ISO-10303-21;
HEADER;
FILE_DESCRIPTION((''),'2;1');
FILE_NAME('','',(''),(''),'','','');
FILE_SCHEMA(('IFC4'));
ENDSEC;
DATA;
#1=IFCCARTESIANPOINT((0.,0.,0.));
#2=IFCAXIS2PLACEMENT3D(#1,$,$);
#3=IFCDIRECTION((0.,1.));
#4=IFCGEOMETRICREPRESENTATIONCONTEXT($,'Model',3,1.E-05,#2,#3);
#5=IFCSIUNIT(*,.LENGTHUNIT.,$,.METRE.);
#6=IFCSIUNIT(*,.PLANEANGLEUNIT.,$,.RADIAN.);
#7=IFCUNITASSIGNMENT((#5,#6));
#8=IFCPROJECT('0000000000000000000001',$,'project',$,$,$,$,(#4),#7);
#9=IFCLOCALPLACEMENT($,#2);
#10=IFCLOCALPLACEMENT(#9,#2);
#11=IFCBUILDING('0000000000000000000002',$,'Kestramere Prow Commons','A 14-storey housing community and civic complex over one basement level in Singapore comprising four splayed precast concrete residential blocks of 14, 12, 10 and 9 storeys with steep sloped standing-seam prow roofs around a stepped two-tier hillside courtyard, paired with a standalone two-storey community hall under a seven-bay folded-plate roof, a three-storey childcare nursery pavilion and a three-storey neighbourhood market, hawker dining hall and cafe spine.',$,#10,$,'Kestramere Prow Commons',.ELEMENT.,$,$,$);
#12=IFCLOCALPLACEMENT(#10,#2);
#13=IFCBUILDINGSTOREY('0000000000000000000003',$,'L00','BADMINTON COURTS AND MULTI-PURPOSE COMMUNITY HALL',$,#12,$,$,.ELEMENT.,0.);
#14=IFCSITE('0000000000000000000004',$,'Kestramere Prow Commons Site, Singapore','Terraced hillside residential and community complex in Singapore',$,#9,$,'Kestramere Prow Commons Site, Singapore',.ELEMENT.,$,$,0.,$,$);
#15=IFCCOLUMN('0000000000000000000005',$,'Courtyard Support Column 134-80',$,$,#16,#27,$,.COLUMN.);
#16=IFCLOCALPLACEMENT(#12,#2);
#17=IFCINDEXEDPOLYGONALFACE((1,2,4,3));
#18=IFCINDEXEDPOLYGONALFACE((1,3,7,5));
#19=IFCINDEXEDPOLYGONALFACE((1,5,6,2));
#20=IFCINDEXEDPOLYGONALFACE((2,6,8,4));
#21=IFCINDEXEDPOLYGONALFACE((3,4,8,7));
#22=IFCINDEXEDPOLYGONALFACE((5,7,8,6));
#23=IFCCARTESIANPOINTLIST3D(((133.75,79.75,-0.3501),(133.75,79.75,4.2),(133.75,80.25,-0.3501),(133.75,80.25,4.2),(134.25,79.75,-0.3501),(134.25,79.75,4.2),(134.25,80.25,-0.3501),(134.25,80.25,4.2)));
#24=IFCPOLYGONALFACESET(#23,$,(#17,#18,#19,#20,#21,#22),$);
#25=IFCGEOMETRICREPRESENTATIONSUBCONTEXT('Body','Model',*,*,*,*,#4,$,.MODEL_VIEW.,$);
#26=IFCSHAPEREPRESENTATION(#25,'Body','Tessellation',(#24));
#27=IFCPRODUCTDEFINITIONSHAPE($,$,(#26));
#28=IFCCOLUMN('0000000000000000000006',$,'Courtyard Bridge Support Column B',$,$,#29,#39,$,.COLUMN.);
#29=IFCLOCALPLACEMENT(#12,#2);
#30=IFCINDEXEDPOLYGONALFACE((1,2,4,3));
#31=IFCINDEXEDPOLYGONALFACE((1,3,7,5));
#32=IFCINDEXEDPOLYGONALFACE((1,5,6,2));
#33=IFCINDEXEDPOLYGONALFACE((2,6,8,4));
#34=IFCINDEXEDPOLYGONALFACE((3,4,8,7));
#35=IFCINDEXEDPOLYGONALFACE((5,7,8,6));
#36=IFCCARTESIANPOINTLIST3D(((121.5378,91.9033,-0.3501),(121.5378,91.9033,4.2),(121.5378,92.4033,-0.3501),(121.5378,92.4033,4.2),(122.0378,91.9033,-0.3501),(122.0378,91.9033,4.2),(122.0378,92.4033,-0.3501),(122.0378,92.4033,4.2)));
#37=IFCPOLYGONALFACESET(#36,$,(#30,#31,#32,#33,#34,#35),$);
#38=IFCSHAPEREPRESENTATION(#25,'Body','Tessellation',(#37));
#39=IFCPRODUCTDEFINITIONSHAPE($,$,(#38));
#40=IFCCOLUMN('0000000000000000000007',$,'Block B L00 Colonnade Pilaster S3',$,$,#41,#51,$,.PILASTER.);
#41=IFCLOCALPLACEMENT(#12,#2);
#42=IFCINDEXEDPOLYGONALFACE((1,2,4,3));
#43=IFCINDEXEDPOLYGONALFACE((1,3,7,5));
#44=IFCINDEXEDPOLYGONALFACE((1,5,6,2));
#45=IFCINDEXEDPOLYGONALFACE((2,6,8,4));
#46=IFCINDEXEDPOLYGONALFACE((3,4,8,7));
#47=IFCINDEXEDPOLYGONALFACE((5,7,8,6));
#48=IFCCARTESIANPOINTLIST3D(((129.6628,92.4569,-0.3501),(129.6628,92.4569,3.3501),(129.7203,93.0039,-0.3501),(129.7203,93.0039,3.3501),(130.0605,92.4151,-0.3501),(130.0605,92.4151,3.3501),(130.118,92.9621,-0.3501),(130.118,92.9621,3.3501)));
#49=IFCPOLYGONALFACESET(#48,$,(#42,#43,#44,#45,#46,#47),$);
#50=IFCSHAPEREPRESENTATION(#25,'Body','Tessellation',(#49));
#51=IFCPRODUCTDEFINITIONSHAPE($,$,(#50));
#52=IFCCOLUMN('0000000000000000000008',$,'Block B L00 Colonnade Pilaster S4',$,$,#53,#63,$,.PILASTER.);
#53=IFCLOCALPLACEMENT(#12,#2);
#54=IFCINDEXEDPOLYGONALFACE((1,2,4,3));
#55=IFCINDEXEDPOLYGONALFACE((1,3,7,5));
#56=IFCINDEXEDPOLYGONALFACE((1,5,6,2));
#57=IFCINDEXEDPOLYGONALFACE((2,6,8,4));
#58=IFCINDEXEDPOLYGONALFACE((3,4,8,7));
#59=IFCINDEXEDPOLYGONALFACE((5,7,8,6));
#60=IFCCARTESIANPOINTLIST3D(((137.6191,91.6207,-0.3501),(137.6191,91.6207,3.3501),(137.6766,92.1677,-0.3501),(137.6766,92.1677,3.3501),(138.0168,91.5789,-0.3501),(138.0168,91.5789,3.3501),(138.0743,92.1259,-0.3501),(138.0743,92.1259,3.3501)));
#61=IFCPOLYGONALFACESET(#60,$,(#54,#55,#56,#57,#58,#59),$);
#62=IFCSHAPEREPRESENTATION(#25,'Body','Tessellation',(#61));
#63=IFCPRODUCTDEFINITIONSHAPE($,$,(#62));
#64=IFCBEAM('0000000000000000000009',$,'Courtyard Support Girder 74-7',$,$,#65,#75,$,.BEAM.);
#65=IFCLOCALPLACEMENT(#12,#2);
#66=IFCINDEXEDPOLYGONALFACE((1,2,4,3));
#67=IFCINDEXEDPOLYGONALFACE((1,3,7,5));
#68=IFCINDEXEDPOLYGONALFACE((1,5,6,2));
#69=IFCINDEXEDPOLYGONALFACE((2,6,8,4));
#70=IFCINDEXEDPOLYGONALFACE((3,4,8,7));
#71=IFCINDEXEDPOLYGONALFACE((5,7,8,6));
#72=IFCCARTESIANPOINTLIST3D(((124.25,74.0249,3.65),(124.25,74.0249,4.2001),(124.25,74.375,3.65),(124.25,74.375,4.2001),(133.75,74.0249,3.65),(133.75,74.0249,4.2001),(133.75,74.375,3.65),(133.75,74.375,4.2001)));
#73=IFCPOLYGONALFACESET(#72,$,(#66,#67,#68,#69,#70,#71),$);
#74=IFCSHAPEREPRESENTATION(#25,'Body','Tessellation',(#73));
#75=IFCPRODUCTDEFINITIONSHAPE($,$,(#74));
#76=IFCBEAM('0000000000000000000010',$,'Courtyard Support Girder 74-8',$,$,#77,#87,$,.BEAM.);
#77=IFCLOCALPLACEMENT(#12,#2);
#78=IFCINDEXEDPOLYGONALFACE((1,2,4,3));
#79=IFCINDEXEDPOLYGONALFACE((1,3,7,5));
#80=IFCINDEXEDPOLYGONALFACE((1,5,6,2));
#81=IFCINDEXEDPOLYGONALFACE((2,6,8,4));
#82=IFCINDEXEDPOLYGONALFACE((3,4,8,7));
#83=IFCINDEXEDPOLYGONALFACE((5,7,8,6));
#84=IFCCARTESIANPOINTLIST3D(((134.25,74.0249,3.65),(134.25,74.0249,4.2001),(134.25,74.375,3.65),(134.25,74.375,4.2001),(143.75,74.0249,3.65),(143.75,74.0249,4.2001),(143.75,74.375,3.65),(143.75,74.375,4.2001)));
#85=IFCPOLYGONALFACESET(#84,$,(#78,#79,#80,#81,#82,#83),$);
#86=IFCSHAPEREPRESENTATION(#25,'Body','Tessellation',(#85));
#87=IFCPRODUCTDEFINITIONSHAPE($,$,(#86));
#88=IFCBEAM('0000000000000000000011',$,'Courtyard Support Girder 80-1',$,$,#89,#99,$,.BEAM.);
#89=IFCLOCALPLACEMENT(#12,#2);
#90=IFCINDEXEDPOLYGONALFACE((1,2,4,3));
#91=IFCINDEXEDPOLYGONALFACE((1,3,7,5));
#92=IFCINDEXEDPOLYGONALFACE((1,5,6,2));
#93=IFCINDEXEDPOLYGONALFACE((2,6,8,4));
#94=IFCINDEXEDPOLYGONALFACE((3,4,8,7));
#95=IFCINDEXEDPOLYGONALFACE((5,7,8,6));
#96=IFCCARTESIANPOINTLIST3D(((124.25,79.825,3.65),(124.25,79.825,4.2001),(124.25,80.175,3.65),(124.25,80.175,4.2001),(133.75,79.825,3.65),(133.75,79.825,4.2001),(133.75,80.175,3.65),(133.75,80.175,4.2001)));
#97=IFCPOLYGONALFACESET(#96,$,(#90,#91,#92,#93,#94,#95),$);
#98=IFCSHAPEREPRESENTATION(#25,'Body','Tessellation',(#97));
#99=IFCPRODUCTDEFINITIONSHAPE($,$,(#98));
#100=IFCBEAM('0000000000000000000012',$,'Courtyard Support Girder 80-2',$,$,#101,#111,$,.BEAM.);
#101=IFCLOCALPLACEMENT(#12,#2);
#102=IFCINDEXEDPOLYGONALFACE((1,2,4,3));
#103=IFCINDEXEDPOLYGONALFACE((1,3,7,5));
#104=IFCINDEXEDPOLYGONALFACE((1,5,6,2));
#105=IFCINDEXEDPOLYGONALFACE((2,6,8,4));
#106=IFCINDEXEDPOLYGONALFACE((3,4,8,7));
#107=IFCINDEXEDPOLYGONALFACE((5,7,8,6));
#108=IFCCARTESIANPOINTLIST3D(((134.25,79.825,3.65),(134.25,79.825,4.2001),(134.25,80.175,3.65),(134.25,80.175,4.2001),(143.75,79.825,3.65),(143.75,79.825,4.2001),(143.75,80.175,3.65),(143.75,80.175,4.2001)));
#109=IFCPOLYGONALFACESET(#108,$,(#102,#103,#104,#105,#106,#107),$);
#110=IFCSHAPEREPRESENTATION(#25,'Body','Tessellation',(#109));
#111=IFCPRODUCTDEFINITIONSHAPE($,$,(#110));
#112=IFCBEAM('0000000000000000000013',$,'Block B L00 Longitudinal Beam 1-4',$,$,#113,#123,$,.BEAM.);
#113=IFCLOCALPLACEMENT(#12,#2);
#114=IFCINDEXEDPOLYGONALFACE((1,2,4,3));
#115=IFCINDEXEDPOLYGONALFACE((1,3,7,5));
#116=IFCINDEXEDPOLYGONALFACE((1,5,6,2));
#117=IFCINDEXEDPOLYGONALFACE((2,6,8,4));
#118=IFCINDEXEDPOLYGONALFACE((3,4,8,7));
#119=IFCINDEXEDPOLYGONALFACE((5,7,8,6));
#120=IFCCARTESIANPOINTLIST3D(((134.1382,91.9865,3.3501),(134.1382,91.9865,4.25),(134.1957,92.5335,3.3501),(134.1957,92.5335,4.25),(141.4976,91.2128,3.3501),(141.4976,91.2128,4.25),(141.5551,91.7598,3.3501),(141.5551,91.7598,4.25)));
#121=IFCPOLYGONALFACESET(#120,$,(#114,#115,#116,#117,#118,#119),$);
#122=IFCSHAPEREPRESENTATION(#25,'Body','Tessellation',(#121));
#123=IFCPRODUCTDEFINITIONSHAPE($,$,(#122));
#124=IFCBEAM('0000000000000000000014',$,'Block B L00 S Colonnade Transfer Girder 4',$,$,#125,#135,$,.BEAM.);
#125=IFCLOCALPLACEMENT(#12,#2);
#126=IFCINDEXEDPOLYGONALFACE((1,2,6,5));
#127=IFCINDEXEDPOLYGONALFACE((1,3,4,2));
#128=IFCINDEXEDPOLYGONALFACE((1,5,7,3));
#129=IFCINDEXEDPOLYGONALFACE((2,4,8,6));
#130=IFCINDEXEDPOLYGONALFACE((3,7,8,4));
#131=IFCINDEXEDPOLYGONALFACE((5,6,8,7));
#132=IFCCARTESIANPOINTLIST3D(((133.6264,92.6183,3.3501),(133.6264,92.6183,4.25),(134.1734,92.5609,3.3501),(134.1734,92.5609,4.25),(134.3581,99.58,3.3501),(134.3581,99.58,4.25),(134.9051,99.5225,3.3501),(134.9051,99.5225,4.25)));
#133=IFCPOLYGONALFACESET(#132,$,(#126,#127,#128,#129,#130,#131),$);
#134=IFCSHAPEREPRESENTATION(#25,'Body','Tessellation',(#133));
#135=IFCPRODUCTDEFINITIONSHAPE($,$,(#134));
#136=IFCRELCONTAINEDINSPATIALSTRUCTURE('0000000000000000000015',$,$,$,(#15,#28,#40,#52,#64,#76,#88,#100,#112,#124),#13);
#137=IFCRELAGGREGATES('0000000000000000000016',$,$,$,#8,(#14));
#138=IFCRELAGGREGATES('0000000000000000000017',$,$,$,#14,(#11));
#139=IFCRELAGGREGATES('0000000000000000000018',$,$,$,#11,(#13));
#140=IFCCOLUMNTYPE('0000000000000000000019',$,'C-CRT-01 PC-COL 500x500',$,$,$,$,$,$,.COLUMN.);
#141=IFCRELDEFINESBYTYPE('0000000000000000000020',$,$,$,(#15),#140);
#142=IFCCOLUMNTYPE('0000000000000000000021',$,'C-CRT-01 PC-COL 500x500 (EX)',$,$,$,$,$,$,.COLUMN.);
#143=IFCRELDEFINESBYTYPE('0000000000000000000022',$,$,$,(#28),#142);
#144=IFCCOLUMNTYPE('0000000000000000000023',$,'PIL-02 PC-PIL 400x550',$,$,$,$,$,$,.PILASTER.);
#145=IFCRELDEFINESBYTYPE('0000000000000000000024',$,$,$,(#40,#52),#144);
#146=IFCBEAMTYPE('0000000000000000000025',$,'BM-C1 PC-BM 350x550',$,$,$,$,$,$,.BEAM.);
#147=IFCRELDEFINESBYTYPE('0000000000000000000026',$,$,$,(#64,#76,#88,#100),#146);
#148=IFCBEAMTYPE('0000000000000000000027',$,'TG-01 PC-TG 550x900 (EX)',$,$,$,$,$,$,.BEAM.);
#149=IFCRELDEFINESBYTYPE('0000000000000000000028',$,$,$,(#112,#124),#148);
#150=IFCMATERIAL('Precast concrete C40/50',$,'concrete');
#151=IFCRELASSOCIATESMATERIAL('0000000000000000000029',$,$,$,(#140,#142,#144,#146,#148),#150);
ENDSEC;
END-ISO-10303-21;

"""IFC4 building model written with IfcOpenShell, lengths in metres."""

from ifc_helpers import new_model, si_unit, direction, frame, origin, origin_2d, place, context, subcontext, project, spatial, rectangle, extrude, material, material_profile, profile_set, type_object, element, save


model = new_model("IFC4")

# Units and contexts
model_context = context("Model", 3, precision=1e-05, world=origin(), true_north=direction((0.0, 1.0)))
body_context = subcontext(model_context, "Body", "Model", "MODEL_VIEW")
ifc_project = project(units=[si_unit("LENGTHUNIT", "METRE"), si_unit("PLANEANGLEUNIT", "RADIAN")], contexts=[model_context])

# Site, building, storey
site_placement = place(None, origin())
site = spatial("IfcSite", under=ifc_project, at=site_placement, Name="Kestramere Prow Commons Site, Singapore", Description="Terraced hillside residential and community complex in Singapore", LongName="Kestramere Prow Commons Site, Singapore", CompositionType="ELEMENT", RefElevation=0.0)
building_placement = place(site_placement, origin())
building = spatial("IfcBuilding", under=site, at=building_placement, Name="Kestramere Prow Commons", Description="A 14-storey housing community and civic complex over one basement level in Singapore comprising four splayed precast concrete residential blocks of 14, 12, 10 and 9 storeys with steep sloped standing-seam prow roofs around a stepped two-tier hillside courtyard, paired with a standalone two-storey community hall under a seven-bay folded-plate roof, a three-storey childcare nursery pavilion and a three-storey neighbourhood market, hawker dining hall and cafe spine.", LongName="Kestramere Prow Commons", CompositionType="ELEMENT")
storey_placement = place(building_placement, origin())
storey = spatial("IfcBuildingStorey", under=building, at=storey_placement, Name="L00", Description="BADMINTON COURTS AND MULTI-PURPOSE COMMUNITY HALL", CompositionType="ELEMENT", Elevation=0.0)

# Columns
ifc_material_1 = material(Name="Precast concrete C40/50", Category="concrete")
ifc_material_profile_1 = material_profile(ifc_material_1, rectangle(XDim=0.5, YDim=0.5, at=origin_2d()), Name="PC-COL 500x500")
ifc_profile_set_1 = profile_set([ifc_material_profile_1], Name="Precast concrete C40/50")
column_type_1 = type_object("IfcColumnType", Name="C-CRT-01 PC-COL 500x500", PredefinedType="COLUMN", material=ifc_profile_set_1)
for number, where, z_axis, x_axis, name in (
    (1, (134.0, 80.0, -0.3501), (0.0, 0.0, 1.0), (1.0, 0.0, 0.0), "Courtyard Support Column 134-80"),
):
    element("IfcColumn", number, at=place(storey_placement, frame(where, z_axis=z_axis, x_axis=x_axis)), inside=storey, type_object=column_type_1, Name=name, PredefinedType="COLUMN", context=body_context, shape_type="SweptSolid", body=[
        extrude(rectangle(XDim=0.5, YDim=0.5, at=origin_2d()), origin(), (0.0, 0.0, 1.0), 4.55),
    ])
ifc_material_profile_2 = material_profile(ifc_material_1, rectangle(XDim=0.5, YDim=0.5, at=origin_2d()), Name="PC-COL 500x500")
ifc_profile_set_2 = profile_set([ifc_material_profile_2], Name="Precast concrete C40/50")
column_type_2 = type_object("IfcColumnType", Name="C-CRT-01 PC-COL 500x500 (EX)", PredefinedType="COLUMN", material=ifc_profile_set_2)
column_1_placement = place(storey_placement, frame((121.7878, 92.1533, -0.3501), z_axis=(0.0, 0.0, 1.0), x_axis=(1.0, 0.0, 0.0)))
element("IfcColumn", 2, at=column_1_placement, inside=storey, type_object=column_type_2, Name="Courtyard Bridge Support Column B", PredefinedType="COLUMN", context=body_context, shape_type="SweptSolid", body=[
    extrude(rectangle(XDim=0.5, YDim=0.5, at=origin_2d()), origin(), (0.0, 0.0, 1.0), 4.55),
])
ifc_material_profile_3 = material_profile(ifc_material_1, rectangle(XDim=0.3999, YDim=0.55, at=origin_2d()), Name="PC-PIL 400x550")
ifc_profile_set_3 = profile_set([ifc_material_profile_3], Name="Precast concrete C40/50")
column_type_3 = type_object("IfcColumnType", Name="PIL-02 PC-PIL 400x550", PredefinedType="PILASTER", material=ifc_profile_set_3)
for number, where, z_axis, x_axis, name in (
    (3, (129.8904, 92.7095, -0.3501), (0.0, 0.0, 1.0), (0.994522, -0.104528, 0.0), "Block B L00 Colonnade Pilaster S3"),
    (4, (137.8467, 91.8733, -0.3501), (0.0, 0.0, 1.0), (0.994522, -0.104528, 0.0), "Block B L00 Colonnade Pilaster S4"),
):
    element("IfcColumn", number, at=place(storey_placement, frame(where, z_axis=z_axis, x_axis=x_axis)), inside=storey, type_object=column_type_3, Name=name, PredefinedType="PILASTER", context=body_context, shape_type="SweptSolid", body=[
        extrude(rectangle(XDim=0.3999, YDim=0.55, at=origin_2d()), origin(), (0.0, 0.0, 1.0), 3.7002),
    ])

# Beams
ifc_material_profile_4 = material_profile(ifc_material_1, rectangle(XDim=0.3501, YDim=0.55, at=origin_2d()), Name="PC-BM 350x550")
ifc_profile_set_4 = profile_set([ifc_material_profile_4], Name="Precast concrete C40/50")
beam_type_1 = type_object("IfcBeamType", Name="BM-C1 PC-BM 350x550", PredefinedType="BEAM", material=ifc_profile_set_4)
for number, where, z_axis, x_axis, name in (
    (5, (124.25, 74.2, 3.925), (1.0, 0.0, 0.0), (0.0, 1.0, 0.0), "Courtyard Support Girder 74-7"),
    (6, (134.25, 74.2, 3.925), (1.0, 0.0, 0.0), (0.0, 1.0, 0.0), "Courtyard Support Girder 74-8"),
    (7, (124.25, 80.0, 3.925), (1.0, 0.0, 0.0), (0.0, 1.0, 0.0), "Courtyard Support Girder 80-1"),
    (8, (134.25, 80.0, 3.925), (1.0, 0.0, 0.0), (0.0, 1.0, 0.0), "Courtyard Support Girder 80-2"),
):
    element("IfcBeam", number, at=place(storey_placement, frame(where, z_axis=z_axis, x_axis=x_axis)), inside=storey, type_object=beam_type_1, Name=name, PredefinedType="BEAM", context=body_context, shape_type="SweptSolid", body=[
        extrude(rectangle(XDim=0.3501, YDim=0.55, at=origin_2d()), origin(), (0.0, 0.0, 1.0), 9.5),
    ])
ifc_material_profile_5 = material_profile(ifc_material_1, rectangle(XDim=0.55, YDim=0.8999, at=origin_2d()), Name="PC-TG 550x900")
ifc_profile_set_5 = profile_set([ifc_material_profile_5], Name="Precast concrete C40/50")
beam_type_2 = type_object("IfcBeamType", Name="TG-01 PC-TG 550x900 (EX)", PredefinedType="BEAM", material=ifc_profile_set_5)
beam_1_placement = place(storey_placement, frame((134.167, 92.26, 3.8), z_axis=(0.994519, -0.104553, 0.0), x_axis=(0.104553, 0.994519, 0.0)))
element("IfcBeam", 9, at=beam_1_placement, inside=storey, type_object=beam_type_2, Name="Block B L00 Longitudinal Beam 1-4", PredefinedType="BEAM", context=body_context, shape_type="SweptSolid", body=[
    extrude(rectangle(XDim=0.55, YDim=0.8999, at=origin_2d()), origin(), (0.0, 0.0, 1.0), 7.3999),
])
beam_2_placement = place(storey_placement, frame((133.8999, 92.5896, 3.8), z_axis=(0.104527, 0.994522, 0.0), x_axis=(-0.994522, 0.104527, 0.0)))
element("IfcBeam", 10, at=beam_2_placement, inside=storey, type_object=beam_type_2, Name="Block B L00 S Colonnade Transfer Girder 4", PredefinedType="BEAM", context=body_context, shape_type="SweptSolid", body=[
    extrude(rectangle(XDim=0.55, YDim=0.8999, at=origin_2d()), origin(), (0.0, 0.0, 1.0), 7.0),
])

save(model, "model.ifc")
